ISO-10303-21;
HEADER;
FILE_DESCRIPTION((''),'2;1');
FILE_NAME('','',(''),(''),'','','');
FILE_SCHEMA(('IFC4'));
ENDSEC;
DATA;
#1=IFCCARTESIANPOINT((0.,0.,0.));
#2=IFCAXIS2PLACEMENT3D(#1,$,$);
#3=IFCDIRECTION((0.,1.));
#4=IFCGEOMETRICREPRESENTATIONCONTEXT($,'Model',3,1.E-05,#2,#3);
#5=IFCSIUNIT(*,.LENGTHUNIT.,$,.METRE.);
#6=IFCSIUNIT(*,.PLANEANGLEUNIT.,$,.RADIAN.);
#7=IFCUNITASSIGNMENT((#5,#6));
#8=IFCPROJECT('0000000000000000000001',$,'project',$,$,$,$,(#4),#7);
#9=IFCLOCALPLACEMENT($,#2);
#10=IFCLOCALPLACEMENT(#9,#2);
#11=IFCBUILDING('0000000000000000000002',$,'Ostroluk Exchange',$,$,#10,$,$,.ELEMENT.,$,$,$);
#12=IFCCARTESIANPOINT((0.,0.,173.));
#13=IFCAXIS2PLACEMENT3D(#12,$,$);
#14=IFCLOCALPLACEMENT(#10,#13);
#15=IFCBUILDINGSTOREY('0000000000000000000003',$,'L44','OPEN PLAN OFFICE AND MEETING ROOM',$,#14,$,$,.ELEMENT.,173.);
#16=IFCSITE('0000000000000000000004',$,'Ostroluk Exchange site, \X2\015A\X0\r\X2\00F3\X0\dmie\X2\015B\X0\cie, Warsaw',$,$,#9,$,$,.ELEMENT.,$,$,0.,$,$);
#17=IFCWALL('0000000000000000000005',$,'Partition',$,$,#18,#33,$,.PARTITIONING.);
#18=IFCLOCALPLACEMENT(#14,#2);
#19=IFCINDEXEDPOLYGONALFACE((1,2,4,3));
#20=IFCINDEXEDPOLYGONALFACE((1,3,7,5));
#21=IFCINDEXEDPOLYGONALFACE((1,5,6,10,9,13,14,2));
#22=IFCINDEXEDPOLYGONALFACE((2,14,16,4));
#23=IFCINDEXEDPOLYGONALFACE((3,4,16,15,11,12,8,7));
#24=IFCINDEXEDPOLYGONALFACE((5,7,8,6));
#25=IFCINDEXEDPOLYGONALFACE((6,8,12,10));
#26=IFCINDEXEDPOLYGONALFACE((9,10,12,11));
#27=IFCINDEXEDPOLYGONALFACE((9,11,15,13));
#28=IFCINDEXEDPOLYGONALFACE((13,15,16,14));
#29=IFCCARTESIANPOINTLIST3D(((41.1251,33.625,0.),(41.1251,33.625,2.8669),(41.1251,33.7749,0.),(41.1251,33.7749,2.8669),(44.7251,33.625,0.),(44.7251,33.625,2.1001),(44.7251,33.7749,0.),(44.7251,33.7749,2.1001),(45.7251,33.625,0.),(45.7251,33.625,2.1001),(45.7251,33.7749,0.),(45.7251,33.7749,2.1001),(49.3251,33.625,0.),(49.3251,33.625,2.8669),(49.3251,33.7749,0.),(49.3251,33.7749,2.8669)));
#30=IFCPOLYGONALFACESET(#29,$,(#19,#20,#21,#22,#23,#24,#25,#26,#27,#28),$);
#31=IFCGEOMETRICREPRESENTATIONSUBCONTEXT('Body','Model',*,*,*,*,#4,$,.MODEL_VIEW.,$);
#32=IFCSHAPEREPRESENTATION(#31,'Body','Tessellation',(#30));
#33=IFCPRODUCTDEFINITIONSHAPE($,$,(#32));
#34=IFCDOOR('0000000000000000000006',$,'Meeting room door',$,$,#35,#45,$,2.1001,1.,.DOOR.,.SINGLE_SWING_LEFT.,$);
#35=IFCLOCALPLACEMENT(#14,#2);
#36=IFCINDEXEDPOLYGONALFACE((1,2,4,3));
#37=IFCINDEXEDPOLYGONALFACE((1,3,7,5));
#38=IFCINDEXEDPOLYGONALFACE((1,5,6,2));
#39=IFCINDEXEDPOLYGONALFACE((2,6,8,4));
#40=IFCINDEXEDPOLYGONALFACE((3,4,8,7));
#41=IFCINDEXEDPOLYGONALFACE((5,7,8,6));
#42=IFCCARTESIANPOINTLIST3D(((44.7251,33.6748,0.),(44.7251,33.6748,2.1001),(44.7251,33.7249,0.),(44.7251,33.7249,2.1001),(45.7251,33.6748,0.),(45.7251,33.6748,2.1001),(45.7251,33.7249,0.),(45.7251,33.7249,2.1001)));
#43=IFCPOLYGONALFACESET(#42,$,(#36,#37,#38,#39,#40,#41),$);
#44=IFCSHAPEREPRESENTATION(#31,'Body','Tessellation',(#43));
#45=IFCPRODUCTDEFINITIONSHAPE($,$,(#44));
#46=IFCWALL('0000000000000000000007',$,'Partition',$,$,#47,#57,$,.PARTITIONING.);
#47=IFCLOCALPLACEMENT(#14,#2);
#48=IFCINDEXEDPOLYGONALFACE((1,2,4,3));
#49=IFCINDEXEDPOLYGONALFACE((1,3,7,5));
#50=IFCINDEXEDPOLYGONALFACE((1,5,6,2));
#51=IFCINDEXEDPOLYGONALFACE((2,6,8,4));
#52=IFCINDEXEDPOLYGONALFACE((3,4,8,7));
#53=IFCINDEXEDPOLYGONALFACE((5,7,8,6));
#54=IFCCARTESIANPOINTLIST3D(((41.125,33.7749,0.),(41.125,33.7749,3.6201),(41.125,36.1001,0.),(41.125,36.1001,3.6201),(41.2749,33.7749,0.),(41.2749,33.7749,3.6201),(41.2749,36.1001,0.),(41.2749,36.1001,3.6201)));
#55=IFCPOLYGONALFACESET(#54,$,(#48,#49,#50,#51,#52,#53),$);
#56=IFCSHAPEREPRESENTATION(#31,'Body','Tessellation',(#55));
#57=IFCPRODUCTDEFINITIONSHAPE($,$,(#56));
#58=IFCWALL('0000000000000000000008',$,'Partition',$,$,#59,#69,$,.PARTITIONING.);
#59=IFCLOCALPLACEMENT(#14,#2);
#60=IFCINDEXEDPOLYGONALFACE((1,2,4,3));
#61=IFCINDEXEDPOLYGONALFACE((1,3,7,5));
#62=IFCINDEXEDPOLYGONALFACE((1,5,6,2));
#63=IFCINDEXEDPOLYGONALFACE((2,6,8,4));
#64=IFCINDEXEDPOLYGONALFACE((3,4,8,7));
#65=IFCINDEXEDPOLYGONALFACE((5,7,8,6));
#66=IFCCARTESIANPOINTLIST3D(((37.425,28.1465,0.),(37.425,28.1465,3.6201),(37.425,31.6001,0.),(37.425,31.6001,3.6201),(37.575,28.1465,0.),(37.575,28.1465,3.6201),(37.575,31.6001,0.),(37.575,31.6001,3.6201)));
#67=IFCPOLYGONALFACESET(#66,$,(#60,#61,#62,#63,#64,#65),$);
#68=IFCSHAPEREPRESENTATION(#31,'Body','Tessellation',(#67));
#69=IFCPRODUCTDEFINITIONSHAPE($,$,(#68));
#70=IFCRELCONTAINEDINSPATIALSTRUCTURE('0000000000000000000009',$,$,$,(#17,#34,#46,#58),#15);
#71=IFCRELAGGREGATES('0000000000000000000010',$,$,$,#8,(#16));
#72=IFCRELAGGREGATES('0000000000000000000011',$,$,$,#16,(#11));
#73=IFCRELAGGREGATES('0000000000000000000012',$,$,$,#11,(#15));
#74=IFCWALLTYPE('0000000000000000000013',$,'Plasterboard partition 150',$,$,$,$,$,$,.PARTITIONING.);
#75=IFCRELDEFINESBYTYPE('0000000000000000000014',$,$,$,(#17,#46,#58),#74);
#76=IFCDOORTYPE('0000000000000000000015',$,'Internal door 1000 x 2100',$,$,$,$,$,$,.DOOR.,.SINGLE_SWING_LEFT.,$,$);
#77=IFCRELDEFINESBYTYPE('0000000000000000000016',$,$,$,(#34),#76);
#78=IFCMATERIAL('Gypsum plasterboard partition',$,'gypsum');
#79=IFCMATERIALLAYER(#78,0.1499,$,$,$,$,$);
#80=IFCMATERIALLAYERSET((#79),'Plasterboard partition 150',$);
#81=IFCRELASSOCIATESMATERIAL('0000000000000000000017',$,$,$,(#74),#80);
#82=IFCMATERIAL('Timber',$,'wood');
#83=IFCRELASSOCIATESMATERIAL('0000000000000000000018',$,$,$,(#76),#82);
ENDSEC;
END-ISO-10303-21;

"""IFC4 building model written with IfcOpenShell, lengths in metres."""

from ifc_helpers import new_model, si_unit, direction, frame, frame_2d, origin, place, context, subcontext, project, spatial, rectangle, extrude, material, layer, layer_set, type_object, element, fill, save


model = new_model("IFC4")

# Units and contexts
model_context = context("Model", 3, precision=1e-05, world=origin(), true_north=direction((0.0, 1.0)))
body_context = subcontext(model_context, "Body", "Model", "MODEL_VIEW")
ifc_project = project(units=[si_unit("LENGTHUNIT", "METRE"), si_unit("PLANEANGLEUNIT", "RADIAN")], contexts=[model_context])

# Site, building, storey
site_placement = place(None, origin())
site = spatial("IfcSite", under=ifc_project, at=site_placement, Name="Ostroluk Exchange site, Śródmieście, Warsaw", CompositionType="ELEMENT", RefElevation=0.0)
building_placement = place(site_placement, origin())
building = spatial("IfcBuilding", under=site, at=building_placement, Name="Ostroluk Exchange", CompositionType="ELEMENT")
storey_placement = place(building_placement, frame((0.0, 0.0, 173.0)))
storey = spatial("IfcBuildingStorey", under=building, at=storey_placement, Name="L44", Description="OPEN PLAN OFFICE AND MEETING ROOM", CompositionType="ELEMENT", Elevation=173.0)

# Wall, opening, door
ifc_material_1 = material(Name="Gypsum plasterboard partition", Category="gypsum")
ifc_layer_1 = layer(ifc_material_1, 0.1499)
ifc_layer_set_1 = layer_set([ifc_layer_1], Name="Plasterboard partition 150")
wall_type_1 = type_object("IfcWallType", Name="Plasterboard partition 150", PredefinedType="PARTITIONING", material=ifc_layer_set_1)
wall_1_placement = place(storey_placement, frame((41.125, 33.7, 0.0), z_axis=(0.0, 0.0, 1.0), x_axis=(1.0, 0.0, 0.0)))
wall_1 = element("IfcWall", 1, at=wall_1_placement, inside=storey, type_object=wall_type_1, Name="Partition", PredefinedType="PARTITIONING", context=body_context, shape_type="SweptSolid", body=[
    extrude(rectangle(XDim=8.2, YDim=0.1499, at=frame_2d((4.1001, 0.0))), origin(), (0.0, 0.0, 1.0), 2.8669),
])
opening_1_placement = place(wall_1_placement, frame((3.6001, 0.0, 0.0)))
opening_1 = element("IfcOpeningElement", 2, at=opening_1_placement, cuts=wall_1, PredefinedType="OPENING", context=body_context, shape_type="SweptSolid", body=[
    extrude(rectangle(XDim=1.0, YDim=2.1001, at=frame_2d((0.5, 1.05))), frame((0.0, 0.085, 0.0), z_axis=(0.0, -1.0, 0.0), x_axis=(1.0, 0.0, 0.0)), (0.0, 0.0, 1.0), 0.1699),
])
ifc_material_2 = material(Name="Timber", Category="wood")
door_type_1 = type_object("IfcDoorType", Name="Internal door 1000 x 2100", OperationType="SINGLE_SWING_LEFT", PredefinedType="DOOR", material=ifc_material_2)
door_1_placement = place(opening_1_placement, origin())
door_1 = element("IfcDoor", 3, at=door_1_placement, inside=storey, type_object=door_type_1, Name="Meeting room door", OperationType="SINGLE_SWING_LEFT", OverallHeight=2.1001, OverallWidth=1.0, PredefinedType="DOOR", context=body_context, shape_type="SweptSolid", body=[
    extrude(rectangle(XDim=1.0, YDim=2.1001, at=frame_2d((0.5, 1.05))), frame((0.0, 0.0249, 0.0), z_axis=(0.0, -1.0, 0.0), x_axis=(1.0, 0.0, 0.0)), (0.0, 0.0, 1.0), 0.05),
])
fill(opening_1, door_1)

# Walls
wall_2_placement = place(storey_placement, frame((41.2, 36.1001, 0.0), z_axis=(0.0, 0.0, 1.0), x_axis=(0.0, -1.0, 0.0)))
element("IfcWall", 4, at=wall_2_placement, inside=storey, type_object=wall_type_1, Name="Partition", PredefinedType="PARTITIONING", context=body_context, shape_type="SweptSolid", body=[
    extrude(rectangle(XDim=2.3252, YDim=0.1499, at=frame_2d((1.1626, 0.0))), origin(), (0.0, 0.0, 1.0), 3.6201),
])
wall_3_placement = place(storey_placement, frame((37.5, 31.6001, 0.0), z_axis=(0.0, 0.0, 1.0), x_axis=(0.0, -1.0, 0.0)))
element("IfcWall", 5, at=wall_3_placement, inside=storey, type_object=wall_type_1, Name="Partition", PredefinedType="PARTITIONING", context=body_context, shape_type="SweptSolid", body=[
    extrude(rectangle(XDim=3.4536, YDim=0.1499, at=frame_2d((1.7268, 0.0))), origin(), (0.0, 0.0, 1.0), 3.6201),
])

save(model, "model.ifc")
